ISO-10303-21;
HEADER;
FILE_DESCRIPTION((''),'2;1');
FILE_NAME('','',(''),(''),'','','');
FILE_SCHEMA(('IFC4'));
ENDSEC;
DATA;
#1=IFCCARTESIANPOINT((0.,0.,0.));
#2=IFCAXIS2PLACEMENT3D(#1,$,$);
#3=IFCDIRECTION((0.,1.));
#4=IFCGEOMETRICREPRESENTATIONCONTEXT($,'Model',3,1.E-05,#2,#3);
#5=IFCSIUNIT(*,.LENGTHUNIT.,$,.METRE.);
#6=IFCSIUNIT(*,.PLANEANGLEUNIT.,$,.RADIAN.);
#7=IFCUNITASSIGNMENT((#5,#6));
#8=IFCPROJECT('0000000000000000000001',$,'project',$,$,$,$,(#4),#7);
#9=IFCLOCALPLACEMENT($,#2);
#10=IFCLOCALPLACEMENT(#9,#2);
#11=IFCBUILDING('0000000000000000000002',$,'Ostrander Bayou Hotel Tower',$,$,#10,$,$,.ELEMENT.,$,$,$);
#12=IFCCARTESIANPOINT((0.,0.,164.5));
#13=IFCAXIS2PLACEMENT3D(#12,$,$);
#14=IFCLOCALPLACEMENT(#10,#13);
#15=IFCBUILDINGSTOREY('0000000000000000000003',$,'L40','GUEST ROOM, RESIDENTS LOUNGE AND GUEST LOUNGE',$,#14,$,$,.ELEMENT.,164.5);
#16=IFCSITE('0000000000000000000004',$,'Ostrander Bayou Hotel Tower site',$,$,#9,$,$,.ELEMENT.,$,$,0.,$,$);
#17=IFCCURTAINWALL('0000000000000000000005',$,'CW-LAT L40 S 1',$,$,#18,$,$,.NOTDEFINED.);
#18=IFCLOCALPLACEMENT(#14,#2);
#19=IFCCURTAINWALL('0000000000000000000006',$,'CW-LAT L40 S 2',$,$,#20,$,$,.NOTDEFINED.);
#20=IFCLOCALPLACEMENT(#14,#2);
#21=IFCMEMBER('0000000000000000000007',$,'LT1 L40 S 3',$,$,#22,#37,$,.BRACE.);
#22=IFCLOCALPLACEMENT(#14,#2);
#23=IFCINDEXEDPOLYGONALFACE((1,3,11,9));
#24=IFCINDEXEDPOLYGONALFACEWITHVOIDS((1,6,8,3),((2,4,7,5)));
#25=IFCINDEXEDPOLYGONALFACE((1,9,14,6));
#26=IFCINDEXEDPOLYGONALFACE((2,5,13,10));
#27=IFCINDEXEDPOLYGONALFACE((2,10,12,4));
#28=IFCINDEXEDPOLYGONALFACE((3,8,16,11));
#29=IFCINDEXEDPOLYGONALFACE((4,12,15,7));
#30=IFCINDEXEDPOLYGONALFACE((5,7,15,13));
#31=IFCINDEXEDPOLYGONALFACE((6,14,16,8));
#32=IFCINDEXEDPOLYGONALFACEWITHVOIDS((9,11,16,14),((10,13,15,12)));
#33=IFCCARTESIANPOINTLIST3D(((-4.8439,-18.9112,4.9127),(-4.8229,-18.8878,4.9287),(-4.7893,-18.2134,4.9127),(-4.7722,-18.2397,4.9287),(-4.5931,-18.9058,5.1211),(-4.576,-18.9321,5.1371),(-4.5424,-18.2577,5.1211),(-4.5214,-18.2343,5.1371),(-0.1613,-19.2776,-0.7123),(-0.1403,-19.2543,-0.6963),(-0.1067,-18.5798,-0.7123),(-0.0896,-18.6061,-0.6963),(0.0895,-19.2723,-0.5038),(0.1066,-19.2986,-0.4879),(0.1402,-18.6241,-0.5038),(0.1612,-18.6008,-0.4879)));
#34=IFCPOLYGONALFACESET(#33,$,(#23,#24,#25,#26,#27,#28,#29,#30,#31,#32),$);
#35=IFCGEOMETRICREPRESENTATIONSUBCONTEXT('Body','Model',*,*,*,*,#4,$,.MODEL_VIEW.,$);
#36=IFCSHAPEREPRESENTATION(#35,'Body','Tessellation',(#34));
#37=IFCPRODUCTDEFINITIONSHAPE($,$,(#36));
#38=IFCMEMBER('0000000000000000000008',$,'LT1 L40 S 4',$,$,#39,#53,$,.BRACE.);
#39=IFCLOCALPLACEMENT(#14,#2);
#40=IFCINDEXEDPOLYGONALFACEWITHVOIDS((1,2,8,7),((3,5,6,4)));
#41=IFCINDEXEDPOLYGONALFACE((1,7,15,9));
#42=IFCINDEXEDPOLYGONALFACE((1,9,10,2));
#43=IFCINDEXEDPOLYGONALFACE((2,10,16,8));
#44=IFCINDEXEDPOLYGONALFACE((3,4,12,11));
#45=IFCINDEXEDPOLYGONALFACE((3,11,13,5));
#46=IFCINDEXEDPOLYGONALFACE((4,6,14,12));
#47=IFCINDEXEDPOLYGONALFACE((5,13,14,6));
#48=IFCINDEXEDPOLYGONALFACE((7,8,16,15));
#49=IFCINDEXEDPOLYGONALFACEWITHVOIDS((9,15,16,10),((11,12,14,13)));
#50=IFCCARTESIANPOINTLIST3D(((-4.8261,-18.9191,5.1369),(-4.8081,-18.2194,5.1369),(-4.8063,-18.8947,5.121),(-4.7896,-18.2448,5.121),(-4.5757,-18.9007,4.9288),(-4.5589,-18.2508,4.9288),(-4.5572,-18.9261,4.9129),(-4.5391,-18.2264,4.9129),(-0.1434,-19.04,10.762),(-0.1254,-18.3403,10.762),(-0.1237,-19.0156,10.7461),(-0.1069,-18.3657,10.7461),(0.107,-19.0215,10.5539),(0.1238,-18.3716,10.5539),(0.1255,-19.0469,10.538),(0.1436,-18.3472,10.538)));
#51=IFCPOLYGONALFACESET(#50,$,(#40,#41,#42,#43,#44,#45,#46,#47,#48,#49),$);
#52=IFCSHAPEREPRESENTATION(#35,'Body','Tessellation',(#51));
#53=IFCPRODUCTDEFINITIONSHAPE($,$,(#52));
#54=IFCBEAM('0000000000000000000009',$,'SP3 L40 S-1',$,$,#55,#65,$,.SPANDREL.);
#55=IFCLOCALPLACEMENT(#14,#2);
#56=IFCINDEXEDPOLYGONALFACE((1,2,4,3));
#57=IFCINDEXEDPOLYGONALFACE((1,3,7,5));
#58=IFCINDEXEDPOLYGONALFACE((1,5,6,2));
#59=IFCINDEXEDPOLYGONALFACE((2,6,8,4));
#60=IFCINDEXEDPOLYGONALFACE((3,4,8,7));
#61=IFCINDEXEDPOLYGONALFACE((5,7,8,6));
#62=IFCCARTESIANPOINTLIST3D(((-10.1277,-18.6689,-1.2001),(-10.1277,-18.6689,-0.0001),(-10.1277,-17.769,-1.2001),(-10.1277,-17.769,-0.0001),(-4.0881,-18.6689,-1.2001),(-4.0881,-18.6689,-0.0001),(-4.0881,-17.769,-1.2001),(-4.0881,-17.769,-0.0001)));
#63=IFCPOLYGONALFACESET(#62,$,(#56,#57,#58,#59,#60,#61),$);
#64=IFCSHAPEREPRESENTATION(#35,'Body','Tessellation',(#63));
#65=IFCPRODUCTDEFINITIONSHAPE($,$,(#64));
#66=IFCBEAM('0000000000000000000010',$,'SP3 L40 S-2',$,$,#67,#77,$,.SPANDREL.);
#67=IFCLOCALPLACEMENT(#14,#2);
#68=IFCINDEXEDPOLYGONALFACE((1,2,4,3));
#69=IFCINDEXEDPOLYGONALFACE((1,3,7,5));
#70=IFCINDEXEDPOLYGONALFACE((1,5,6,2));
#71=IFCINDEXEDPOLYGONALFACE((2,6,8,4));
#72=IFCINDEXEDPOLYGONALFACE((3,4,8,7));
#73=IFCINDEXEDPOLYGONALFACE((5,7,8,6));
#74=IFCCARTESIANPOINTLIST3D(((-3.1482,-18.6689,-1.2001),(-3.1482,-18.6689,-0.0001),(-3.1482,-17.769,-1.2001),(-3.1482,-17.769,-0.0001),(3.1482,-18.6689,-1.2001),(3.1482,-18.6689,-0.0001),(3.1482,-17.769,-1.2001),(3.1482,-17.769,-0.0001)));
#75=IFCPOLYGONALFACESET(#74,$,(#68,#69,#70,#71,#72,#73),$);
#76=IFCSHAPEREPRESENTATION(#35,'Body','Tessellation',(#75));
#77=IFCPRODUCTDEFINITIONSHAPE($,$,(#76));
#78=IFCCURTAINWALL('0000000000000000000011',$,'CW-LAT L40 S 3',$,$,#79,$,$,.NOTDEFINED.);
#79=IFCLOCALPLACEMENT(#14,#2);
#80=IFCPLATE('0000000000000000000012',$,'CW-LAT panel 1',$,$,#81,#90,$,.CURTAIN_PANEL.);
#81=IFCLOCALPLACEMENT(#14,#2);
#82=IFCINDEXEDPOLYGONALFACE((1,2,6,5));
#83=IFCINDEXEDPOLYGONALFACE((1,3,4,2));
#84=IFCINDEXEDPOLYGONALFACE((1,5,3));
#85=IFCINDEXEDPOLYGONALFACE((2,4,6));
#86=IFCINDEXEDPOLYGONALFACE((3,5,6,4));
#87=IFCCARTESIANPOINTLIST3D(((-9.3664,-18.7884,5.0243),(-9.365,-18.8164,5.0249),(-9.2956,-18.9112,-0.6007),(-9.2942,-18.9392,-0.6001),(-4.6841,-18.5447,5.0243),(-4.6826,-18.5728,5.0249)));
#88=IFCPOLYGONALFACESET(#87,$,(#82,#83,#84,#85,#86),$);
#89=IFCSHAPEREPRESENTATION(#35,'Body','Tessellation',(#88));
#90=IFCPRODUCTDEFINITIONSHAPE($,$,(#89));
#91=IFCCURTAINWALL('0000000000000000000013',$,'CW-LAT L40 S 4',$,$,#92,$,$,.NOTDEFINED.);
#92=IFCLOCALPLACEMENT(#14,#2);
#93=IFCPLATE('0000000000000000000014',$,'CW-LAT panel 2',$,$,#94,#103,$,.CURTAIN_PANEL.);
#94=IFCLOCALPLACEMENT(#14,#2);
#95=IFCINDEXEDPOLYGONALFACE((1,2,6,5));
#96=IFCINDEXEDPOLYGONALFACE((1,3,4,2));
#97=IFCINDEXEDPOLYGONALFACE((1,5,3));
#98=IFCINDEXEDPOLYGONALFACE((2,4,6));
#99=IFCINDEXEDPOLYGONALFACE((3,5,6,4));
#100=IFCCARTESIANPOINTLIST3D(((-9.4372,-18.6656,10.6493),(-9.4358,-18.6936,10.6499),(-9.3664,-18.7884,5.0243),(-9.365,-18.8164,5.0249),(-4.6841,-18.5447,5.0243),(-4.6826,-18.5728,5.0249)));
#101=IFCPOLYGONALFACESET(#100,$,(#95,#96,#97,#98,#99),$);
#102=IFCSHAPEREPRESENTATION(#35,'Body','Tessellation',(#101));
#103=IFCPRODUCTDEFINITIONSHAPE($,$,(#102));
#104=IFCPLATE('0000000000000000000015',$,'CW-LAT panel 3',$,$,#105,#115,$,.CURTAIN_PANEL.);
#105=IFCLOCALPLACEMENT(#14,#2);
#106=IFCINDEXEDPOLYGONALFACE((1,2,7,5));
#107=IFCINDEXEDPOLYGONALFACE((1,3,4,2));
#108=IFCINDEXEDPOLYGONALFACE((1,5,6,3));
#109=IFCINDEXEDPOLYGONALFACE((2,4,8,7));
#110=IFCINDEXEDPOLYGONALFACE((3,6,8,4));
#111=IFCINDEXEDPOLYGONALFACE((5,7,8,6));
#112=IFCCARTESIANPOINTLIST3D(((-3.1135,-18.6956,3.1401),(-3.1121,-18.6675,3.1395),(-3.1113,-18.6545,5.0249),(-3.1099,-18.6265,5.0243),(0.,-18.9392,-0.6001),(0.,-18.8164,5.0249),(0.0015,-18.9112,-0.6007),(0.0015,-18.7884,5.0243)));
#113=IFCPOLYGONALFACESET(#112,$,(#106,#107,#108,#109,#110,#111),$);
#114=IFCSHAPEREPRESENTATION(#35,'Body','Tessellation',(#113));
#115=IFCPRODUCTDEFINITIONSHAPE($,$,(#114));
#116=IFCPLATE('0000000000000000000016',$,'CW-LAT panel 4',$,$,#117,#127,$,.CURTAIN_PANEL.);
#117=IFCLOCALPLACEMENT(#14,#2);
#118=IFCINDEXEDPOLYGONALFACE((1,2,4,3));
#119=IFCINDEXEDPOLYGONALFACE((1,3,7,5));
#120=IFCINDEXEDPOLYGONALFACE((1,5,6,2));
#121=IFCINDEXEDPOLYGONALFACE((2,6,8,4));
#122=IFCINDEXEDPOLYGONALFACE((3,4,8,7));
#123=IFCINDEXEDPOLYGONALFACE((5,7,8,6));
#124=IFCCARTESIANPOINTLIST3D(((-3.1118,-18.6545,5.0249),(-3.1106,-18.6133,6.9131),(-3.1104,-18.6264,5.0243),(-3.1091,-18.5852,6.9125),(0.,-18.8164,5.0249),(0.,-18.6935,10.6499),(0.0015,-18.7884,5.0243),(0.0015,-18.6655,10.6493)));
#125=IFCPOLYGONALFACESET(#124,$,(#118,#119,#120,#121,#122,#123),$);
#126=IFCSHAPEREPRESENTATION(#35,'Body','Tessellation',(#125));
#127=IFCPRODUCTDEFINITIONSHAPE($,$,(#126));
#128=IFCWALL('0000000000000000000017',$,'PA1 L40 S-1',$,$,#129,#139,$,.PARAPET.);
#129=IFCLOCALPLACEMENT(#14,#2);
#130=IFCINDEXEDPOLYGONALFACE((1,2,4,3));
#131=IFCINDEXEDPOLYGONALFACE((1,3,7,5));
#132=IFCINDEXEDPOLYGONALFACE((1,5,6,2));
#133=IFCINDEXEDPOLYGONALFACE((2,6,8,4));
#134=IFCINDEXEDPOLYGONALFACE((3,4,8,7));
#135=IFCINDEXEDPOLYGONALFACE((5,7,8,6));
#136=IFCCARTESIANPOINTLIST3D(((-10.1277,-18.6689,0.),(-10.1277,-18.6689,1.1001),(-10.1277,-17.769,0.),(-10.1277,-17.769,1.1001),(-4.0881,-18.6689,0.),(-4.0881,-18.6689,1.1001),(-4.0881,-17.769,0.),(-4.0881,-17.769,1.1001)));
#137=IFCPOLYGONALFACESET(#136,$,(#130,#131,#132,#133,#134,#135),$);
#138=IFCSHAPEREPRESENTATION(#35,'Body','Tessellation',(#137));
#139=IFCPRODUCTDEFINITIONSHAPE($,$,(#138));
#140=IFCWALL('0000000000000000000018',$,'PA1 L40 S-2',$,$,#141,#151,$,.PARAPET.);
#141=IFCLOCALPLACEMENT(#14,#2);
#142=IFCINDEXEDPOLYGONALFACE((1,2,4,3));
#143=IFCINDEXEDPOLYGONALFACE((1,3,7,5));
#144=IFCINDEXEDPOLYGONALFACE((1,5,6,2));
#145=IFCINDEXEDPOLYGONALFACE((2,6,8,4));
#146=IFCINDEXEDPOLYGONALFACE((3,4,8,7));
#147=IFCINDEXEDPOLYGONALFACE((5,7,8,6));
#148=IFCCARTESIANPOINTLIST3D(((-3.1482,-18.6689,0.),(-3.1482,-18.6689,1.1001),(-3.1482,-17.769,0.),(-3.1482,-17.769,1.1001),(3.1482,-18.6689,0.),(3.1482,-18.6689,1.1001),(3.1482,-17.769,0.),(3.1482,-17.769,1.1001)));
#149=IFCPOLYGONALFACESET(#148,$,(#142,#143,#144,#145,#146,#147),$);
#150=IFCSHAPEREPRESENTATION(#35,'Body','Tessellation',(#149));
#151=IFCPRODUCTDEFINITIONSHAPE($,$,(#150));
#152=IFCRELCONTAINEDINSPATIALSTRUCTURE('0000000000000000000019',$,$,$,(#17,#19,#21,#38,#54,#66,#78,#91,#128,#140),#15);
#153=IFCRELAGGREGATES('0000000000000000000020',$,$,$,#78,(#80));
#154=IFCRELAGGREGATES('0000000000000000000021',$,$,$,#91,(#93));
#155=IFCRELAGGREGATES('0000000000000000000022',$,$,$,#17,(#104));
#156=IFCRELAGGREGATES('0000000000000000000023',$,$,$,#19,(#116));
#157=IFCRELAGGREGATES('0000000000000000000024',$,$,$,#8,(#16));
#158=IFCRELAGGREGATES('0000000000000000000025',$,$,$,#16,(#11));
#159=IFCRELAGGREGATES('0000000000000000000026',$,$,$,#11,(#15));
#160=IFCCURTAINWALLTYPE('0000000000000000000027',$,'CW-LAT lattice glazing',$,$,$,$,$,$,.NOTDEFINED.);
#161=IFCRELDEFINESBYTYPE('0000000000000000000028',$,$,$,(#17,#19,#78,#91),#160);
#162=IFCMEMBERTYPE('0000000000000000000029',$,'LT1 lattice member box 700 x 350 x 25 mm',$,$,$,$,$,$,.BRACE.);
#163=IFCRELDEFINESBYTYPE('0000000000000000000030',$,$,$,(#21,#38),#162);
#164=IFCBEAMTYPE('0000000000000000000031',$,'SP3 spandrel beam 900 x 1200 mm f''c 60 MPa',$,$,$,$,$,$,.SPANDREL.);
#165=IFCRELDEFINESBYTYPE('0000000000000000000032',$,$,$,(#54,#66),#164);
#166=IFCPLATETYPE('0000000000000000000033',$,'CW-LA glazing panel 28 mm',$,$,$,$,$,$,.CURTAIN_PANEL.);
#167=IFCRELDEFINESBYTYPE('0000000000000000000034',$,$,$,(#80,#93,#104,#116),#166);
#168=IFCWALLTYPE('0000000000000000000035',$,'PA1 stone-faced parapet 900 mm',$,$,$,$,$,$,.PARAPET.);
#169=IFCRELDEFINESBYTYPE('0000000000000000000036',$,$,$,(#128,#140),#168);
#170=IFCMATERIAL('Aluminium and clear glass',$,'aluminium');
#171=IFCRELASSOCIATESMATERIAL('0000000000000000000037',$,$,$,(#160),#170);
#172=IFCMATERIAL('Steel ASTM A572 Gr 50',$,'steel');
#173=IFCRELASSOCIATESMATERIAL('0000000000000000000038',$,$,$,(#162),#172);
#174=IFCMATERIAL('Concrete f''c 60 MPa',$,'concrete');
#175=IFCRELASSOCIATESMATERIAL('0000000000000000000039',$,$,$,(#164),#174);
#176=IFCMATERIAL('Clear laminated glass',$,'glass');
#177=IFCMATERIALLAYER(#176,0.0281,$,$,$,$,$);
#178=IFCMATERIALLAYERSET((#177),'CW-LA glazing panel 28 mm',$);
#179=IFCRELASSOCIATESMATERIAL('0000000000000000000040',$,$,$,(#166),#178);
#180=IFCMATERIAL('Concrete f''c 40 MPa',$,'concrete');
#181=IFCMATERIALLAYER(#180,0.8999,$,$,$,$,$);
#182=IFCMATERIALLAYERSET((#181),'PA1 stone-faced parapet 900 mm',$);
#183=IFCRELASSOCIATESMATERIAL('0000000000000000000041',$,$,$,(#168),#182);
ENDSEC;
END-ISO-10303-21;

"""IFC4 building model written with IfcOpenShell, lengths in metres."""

from ifc_helpers import new_model, si_unit, direction, frame, frame_2d, origin, origin_2d, place, context, subcontext, project, spatial, polyline, rectangle, hollow_rectangle, outline, extrude, material, layer, layer_set, material_profile, profile_set, type_object, element, aggregate, save


model = new_model("IFC4")

# Units and contexts
model_context = context("Model", 3, precision=1e-05, world=origin(), true_north=direction((0.0, 1.0)))
body_context = subcontext(model_context, "Body", "Model", "MODEL_VIEW")
ifc_project = project(units=[si_unit("LENGTHUNIT", "METRE"), si_unit("PLANEANGLEUNIT", "RADIAN")], contexts=[model_context])

# Site, building, storey
site_placement = place(None, origin())
site = spatial("IfcSite", under=ifc_project, at=site_placement, Name="Ostrander Bayou Hotel Tower site", CompositionType="ELEMENT", RefElevation=0.0)
building_placement = place(site_placement, origin())
building = spatial("IfcBuilding", under=site, at=building_placement, Name="Ostrander Bayou Hotel Tower", CompositionType="ELEMENT")
storey_placement = place(building_placement, frame((0.0, 0.0, 164.5)))
storey = spatial("IfcBuildingStorey", under=building, at=storey_placement, Name="L40", Description="GUEST ROOM, RESIDENTS LOUNGE AND GUEST LOUNGE", CompositionType="ELEMENT", Elevation=164.5)

# Curtain wall
ifc_material_1 = material(Name="Aluminium and clear glass", Category="aluminium")
curtain_wall_type = type_object("IfcCurtainWallType", Name="CW-LAT lattice glazing", PredefinedType="NOTDEFINED", material=ifc_material_1)
curtain_wall_1_placement = place(storey_placement, origin())
curtain_wall_1 = element("IfcCurtainWall", 1, at=curtain_wall_1_placement, inside=storey, type_object=curtain_wall_type, Name="CW-LAT L40 S 1", PredefinedType="NOTDEFINED")

# Curtain wall
curtain_wall_2_placement = place(storey_placement, origin())
curtain_wall_2 = element("IfcCurtainWall", 2, at=curtain_wall_2_placement, inside=storey, type_object=curtain_wall_type, Name="CW-LAT L40 S 2", PredefinedType="NOTDEFINED")

# Members
ifc_material_2 = material(Name="Steel ASTM A572 Gr 50", Category="steel")
ifc_material_profile_1 = material_profile(ifc_material_2, hollow_rectangle(XDim=0.7, YDim=0.3501, WallThickness=0.0249, at=origin_2d()))
ifc_profile_set_1 = profile_set([ifc_material_profile_1], Name="Steel ASTM A572 Gr 50")
member_type_1 = type_object("IfcMemberType", Name="LT1 lattice member box 700 x 350 x 25 mm", PredefinedType="BRACE", material=ifc_profile_set_1)
member_1_placement = place(storey_placement, frame((-4.6826, -18.5728, 5.0249), z_axis=(0.63899, -0.050006, -0.767588), x_axis=(0.07802, 0.996952, 0.0)))
element("IfcMember", 3, at=member_1_placement, inside=storey, type_object=member_type_1, Name="LT1 L40 S 3", PredefinedType="BRACE", context=body_context, shape_type="SweptSolid", body=[
    extrude(hollow_rectangle(XDim=0.7, YDim=0.3501, WallThickness=0.0249, at=origin_2d()), origin(), (0.0, 0.0, 1.0), 7.3281),
])
member_2_placement = place(storey_placement, frame((-4.6826, -18.5728, 5.0249), z_axis=(0.639703, -0.01651, 0.768445), x_axis=(0.0258, 0.999667, 0.0)))
element("IfcMember", 4, at=member_2_placement, inside=storey, type_object=member_type_1, Name="LT1 L40 S 4", PredefinedType="BRACE", context=body_context, shape_type="SweptSolid", body=[
    extrude(hollow_rectangle(XDim=0.7, YDim=0.3501, WallThickness=0.0249, at=origin_2d()), origin(), (0.0, 0.0, 1.0), 7.3201),
])

# Beams
ifc_material_3 = material(Name="Concrete f'c 60 MPa", Category="concrete")
ifc_material_profile_2 = material_profile(ifc_material_3, rectangle(XDim=0.8999, YDim=1.2, at=origin_2d()))
ifc_profile_set_2 = profile_set([ifc_material_profile_2], Name="Concrete f'c 60 MPa")
beam_type_1 = type_object("IfcBeamType", Name="SP3 spandrel beam 900 x 1200 mm f'c 60 MPa", PredefinedType="SPANDREL", material=ifc_profile_set_2)
beam_1_placement = place(storey_placement, frame((-10.1277, -18.219, -0.6001), z_axis=(1.0, 0.0, 0.0), x_axis=(0.0, 1.0, 0.0)))
element("IfcBeam", 5, at=beam_1_placement, inside=storey, type_object=beam_type_1, Name="SP3 L40 S-1", PredefinedType="SPANDREL", context=body_context, shape_type="SweptSolid", body=[
    extrude(rectangle(XDim=0.8999, YDim=1.2, at=origin_2d()), origin(), (0.0, 0.0, 1.0), 6.0396),
])
beam_2_placement = place(storey_placement, frame((-3.1482, -18.219, -0.6001), z_axis=(1.0, 0.0, 0.0), x_axis=(0.0, 1.0, 0.0)))
element("IfcBeam", 6, at=beam_2_placement, inside=storey, type_object=beam_type_1, Name="SP3 L40 S-2", PredefinedType="SPANDREL", context=body_context, shape_type="SweptSolid", body=[
    extrude(rectangle(XDim=0.8999, YDim=1.2, at=origin_2d()), origin(), (0.0, 0.0, 1.0), 6.2964),
])

# Curtain walls, plates
curtain_wall_3_placement = place(storey_placement, origin())
curtain_wall_3 = element("IfcCurtainWall", 7, at=curtain_wall_3_placement, inside=storey, type_object=curtain_wall_type, Name="CW-LAT L40 S 3", PredefinedType="NOTDEFINED")
ifc_material_4 = material(Name="Clear laminated glass", Category="glass")
ifc_layer_1 = layer(ifc_material_4, 0.0281)
ifc_layer_set_1 = layer_set([ifc_layer_1], Name="CW-LA glazing panel 28 mm")
plate_type = type_object("IfcPlateType", Name="CW-LA glazing panel 28 mm", PredefinedType="CURTAIN_PANEL", material=ifc_layer_set_1)
plate_1_placement = place(storey_placement, frame((-4.6826, -18.5728, 5.0249), z_axis=(0.051953, -0.998397, 0.022451), x_axis=(-0.6332, -0.050317, -0.772351)))
plate_1 = element("IfcPlate", 8, at=plate_1_placement, type_object=plate_type, Name="CW-LAT panel 1", PredefinedType="CURTAIN_PANEL", context=body_context, shape_type="SweptSolid", body=[
    extrude(outline(polyline([(0.0, 0.0), (7.283, 0.0), (2.9771, -3.6222), (0.0, 0.0)])), origin(), (0.0, 0.0, -1.0), 0.0281),
])
aggregate(curtain_wall_3, [plate_1])
curtain_wall_4_placement = place(storey_placement, origin())
curtain_wall_4 = element("IfcCurtainWall", 9, at=curtain_wall_4_placement, inside=storey, type_object=curtain_wall_type, Name="CW-LAT L40 S 4", PredefinedType="NOTDEFINED")
plate_2_placement = place(storey_placement, frame((-4.6826, -18.5728, 5.0249), z_axis=(0.051953, -0.998397, 0.022451), x_axis=(-0.645345, -0.016408, 0.763715)))
plate_2 = element("IfcPlate", 10, at=plate_2_placement, type_object=plate_type, Name="CW-LAT panel 2", PredefinedType="CURTAIN_PANEL", context=body_context, shape_type="SweptSolid", body=[
    extrude(outline(polyline([(0.0, 0.0), (7.3653, 0.0), (3.0257, 3.5817), (0.0, 0.0)])), origin(), (0.0, 0.0, -1.0), 0.0281),
])
aggregate(curtain_wall_4, [plate_2])

# Plates
plate_3_placement = place(storey_placement, frame((-3.1135, -18.6956, 3.1401), z_axis=(-0.051946, -0.998412, 0.021795), x_axis=(0.638979, -0.050001, -0.767597)))
plate_3 = element("IfcPlate", 11, at=plate_3_placement, type_object=plate_type, Name="CW-LAT panel 3", PredefinedType="CURTAIN_PANEL", context=body_context, shape_type="SweptSolid", body=[
    extrude(outline(polyline([(0.0, 0.0), (4.8727, 0.0), (0.5488, 3.6), (-1.4474, 1.2079), (0.0, 0.0)])), origin(), (0.0, 0.0, -1.0), 0.0281),
])
aggregate(curtain_wall_1, [plate_3])
plate_4_placement = place(storey_placement, frame((-3.1106, -18.6133, 6.9131), z_axis=(-0.051958, -0.998411, 0.02181), x_axis=(0.639683, -0.016502, 0.768462)))
plate_4 = element("IfcPlate", 12, at=plate_4_placement, type_object=plate_type, Name="CW-LAT panel 4", PredefinedType="CURTAIN_PANEL", context=body_context, shape_type="SweptSolid", body=[
    extrude(outline(polyline([(0.0, 0.0), (4.8627, 0.0), (0.5422, -3.6039), (-1.4511, -1.2088), (0.0, 0.0)])), origin(), (0.0, 0.0, -1.0), 0.0281),
])
aggregate(curtain_wall_2, [plate_4])

# Walls
ifc_material_5 = material(Name="Concrete f'c 40 MPa", Category="concrete")
ifc_layer_2 = layer(ifc_material_5, 0.8999)
ifc_layer_set_2 = layer_set([ifc_layer_2], Name="PA1 stone-faced parapet 900 mm")
wall_type_1 = type_object("IfcWallType", Name="PA1 stone-faced parapet 900 mm", PredefinedType="PARAPET", material=ifc_layer_set_2)
wall_1_placement = place(storey_placement, frame((-10.1277, -18.219, 0.0), z_axis=(0.0, 0.0, 1.0), x_axis=(1.0, 0.0, 0.0)))
element("IfcWall", 13, at=wall_1_placement, inside=storey, type_object=wall_type_1, Name="PA1 L40 S-1", PredefinedType="PARAPET", context=body_context, shape_type="SweptSolid", body=[
    extrude(rectangle(XDim=6.0396, YDim=0.8999, at=frame_2d((3.0198, 0.0))), origin(), (0.0, 0.0, 1.0), 1.1001),
])
wall_2_placement = place(storey_placement, frame((-3.1482, -18.219, 0.0), z_axis=(0.0, 0.0, 1.0), x_axis=(1.0, 0.0, 0.0)))
element("IfcWall", 14, at=wall_2_placement, inside=storey, type_object=wall_type_1, Name="PA1 L40 S-2", PredefinedType="PARAPET", context=body_context, shape_type="SweptSolid", body=[
    extrude(rectangle(XDim=6.2964, YDim=0.8999, at=frame_2d((3.1482, 0.0))), origin(), (0.0, 0.0, 1.0), 1.1001),
])

save(model, "model.ifc")
